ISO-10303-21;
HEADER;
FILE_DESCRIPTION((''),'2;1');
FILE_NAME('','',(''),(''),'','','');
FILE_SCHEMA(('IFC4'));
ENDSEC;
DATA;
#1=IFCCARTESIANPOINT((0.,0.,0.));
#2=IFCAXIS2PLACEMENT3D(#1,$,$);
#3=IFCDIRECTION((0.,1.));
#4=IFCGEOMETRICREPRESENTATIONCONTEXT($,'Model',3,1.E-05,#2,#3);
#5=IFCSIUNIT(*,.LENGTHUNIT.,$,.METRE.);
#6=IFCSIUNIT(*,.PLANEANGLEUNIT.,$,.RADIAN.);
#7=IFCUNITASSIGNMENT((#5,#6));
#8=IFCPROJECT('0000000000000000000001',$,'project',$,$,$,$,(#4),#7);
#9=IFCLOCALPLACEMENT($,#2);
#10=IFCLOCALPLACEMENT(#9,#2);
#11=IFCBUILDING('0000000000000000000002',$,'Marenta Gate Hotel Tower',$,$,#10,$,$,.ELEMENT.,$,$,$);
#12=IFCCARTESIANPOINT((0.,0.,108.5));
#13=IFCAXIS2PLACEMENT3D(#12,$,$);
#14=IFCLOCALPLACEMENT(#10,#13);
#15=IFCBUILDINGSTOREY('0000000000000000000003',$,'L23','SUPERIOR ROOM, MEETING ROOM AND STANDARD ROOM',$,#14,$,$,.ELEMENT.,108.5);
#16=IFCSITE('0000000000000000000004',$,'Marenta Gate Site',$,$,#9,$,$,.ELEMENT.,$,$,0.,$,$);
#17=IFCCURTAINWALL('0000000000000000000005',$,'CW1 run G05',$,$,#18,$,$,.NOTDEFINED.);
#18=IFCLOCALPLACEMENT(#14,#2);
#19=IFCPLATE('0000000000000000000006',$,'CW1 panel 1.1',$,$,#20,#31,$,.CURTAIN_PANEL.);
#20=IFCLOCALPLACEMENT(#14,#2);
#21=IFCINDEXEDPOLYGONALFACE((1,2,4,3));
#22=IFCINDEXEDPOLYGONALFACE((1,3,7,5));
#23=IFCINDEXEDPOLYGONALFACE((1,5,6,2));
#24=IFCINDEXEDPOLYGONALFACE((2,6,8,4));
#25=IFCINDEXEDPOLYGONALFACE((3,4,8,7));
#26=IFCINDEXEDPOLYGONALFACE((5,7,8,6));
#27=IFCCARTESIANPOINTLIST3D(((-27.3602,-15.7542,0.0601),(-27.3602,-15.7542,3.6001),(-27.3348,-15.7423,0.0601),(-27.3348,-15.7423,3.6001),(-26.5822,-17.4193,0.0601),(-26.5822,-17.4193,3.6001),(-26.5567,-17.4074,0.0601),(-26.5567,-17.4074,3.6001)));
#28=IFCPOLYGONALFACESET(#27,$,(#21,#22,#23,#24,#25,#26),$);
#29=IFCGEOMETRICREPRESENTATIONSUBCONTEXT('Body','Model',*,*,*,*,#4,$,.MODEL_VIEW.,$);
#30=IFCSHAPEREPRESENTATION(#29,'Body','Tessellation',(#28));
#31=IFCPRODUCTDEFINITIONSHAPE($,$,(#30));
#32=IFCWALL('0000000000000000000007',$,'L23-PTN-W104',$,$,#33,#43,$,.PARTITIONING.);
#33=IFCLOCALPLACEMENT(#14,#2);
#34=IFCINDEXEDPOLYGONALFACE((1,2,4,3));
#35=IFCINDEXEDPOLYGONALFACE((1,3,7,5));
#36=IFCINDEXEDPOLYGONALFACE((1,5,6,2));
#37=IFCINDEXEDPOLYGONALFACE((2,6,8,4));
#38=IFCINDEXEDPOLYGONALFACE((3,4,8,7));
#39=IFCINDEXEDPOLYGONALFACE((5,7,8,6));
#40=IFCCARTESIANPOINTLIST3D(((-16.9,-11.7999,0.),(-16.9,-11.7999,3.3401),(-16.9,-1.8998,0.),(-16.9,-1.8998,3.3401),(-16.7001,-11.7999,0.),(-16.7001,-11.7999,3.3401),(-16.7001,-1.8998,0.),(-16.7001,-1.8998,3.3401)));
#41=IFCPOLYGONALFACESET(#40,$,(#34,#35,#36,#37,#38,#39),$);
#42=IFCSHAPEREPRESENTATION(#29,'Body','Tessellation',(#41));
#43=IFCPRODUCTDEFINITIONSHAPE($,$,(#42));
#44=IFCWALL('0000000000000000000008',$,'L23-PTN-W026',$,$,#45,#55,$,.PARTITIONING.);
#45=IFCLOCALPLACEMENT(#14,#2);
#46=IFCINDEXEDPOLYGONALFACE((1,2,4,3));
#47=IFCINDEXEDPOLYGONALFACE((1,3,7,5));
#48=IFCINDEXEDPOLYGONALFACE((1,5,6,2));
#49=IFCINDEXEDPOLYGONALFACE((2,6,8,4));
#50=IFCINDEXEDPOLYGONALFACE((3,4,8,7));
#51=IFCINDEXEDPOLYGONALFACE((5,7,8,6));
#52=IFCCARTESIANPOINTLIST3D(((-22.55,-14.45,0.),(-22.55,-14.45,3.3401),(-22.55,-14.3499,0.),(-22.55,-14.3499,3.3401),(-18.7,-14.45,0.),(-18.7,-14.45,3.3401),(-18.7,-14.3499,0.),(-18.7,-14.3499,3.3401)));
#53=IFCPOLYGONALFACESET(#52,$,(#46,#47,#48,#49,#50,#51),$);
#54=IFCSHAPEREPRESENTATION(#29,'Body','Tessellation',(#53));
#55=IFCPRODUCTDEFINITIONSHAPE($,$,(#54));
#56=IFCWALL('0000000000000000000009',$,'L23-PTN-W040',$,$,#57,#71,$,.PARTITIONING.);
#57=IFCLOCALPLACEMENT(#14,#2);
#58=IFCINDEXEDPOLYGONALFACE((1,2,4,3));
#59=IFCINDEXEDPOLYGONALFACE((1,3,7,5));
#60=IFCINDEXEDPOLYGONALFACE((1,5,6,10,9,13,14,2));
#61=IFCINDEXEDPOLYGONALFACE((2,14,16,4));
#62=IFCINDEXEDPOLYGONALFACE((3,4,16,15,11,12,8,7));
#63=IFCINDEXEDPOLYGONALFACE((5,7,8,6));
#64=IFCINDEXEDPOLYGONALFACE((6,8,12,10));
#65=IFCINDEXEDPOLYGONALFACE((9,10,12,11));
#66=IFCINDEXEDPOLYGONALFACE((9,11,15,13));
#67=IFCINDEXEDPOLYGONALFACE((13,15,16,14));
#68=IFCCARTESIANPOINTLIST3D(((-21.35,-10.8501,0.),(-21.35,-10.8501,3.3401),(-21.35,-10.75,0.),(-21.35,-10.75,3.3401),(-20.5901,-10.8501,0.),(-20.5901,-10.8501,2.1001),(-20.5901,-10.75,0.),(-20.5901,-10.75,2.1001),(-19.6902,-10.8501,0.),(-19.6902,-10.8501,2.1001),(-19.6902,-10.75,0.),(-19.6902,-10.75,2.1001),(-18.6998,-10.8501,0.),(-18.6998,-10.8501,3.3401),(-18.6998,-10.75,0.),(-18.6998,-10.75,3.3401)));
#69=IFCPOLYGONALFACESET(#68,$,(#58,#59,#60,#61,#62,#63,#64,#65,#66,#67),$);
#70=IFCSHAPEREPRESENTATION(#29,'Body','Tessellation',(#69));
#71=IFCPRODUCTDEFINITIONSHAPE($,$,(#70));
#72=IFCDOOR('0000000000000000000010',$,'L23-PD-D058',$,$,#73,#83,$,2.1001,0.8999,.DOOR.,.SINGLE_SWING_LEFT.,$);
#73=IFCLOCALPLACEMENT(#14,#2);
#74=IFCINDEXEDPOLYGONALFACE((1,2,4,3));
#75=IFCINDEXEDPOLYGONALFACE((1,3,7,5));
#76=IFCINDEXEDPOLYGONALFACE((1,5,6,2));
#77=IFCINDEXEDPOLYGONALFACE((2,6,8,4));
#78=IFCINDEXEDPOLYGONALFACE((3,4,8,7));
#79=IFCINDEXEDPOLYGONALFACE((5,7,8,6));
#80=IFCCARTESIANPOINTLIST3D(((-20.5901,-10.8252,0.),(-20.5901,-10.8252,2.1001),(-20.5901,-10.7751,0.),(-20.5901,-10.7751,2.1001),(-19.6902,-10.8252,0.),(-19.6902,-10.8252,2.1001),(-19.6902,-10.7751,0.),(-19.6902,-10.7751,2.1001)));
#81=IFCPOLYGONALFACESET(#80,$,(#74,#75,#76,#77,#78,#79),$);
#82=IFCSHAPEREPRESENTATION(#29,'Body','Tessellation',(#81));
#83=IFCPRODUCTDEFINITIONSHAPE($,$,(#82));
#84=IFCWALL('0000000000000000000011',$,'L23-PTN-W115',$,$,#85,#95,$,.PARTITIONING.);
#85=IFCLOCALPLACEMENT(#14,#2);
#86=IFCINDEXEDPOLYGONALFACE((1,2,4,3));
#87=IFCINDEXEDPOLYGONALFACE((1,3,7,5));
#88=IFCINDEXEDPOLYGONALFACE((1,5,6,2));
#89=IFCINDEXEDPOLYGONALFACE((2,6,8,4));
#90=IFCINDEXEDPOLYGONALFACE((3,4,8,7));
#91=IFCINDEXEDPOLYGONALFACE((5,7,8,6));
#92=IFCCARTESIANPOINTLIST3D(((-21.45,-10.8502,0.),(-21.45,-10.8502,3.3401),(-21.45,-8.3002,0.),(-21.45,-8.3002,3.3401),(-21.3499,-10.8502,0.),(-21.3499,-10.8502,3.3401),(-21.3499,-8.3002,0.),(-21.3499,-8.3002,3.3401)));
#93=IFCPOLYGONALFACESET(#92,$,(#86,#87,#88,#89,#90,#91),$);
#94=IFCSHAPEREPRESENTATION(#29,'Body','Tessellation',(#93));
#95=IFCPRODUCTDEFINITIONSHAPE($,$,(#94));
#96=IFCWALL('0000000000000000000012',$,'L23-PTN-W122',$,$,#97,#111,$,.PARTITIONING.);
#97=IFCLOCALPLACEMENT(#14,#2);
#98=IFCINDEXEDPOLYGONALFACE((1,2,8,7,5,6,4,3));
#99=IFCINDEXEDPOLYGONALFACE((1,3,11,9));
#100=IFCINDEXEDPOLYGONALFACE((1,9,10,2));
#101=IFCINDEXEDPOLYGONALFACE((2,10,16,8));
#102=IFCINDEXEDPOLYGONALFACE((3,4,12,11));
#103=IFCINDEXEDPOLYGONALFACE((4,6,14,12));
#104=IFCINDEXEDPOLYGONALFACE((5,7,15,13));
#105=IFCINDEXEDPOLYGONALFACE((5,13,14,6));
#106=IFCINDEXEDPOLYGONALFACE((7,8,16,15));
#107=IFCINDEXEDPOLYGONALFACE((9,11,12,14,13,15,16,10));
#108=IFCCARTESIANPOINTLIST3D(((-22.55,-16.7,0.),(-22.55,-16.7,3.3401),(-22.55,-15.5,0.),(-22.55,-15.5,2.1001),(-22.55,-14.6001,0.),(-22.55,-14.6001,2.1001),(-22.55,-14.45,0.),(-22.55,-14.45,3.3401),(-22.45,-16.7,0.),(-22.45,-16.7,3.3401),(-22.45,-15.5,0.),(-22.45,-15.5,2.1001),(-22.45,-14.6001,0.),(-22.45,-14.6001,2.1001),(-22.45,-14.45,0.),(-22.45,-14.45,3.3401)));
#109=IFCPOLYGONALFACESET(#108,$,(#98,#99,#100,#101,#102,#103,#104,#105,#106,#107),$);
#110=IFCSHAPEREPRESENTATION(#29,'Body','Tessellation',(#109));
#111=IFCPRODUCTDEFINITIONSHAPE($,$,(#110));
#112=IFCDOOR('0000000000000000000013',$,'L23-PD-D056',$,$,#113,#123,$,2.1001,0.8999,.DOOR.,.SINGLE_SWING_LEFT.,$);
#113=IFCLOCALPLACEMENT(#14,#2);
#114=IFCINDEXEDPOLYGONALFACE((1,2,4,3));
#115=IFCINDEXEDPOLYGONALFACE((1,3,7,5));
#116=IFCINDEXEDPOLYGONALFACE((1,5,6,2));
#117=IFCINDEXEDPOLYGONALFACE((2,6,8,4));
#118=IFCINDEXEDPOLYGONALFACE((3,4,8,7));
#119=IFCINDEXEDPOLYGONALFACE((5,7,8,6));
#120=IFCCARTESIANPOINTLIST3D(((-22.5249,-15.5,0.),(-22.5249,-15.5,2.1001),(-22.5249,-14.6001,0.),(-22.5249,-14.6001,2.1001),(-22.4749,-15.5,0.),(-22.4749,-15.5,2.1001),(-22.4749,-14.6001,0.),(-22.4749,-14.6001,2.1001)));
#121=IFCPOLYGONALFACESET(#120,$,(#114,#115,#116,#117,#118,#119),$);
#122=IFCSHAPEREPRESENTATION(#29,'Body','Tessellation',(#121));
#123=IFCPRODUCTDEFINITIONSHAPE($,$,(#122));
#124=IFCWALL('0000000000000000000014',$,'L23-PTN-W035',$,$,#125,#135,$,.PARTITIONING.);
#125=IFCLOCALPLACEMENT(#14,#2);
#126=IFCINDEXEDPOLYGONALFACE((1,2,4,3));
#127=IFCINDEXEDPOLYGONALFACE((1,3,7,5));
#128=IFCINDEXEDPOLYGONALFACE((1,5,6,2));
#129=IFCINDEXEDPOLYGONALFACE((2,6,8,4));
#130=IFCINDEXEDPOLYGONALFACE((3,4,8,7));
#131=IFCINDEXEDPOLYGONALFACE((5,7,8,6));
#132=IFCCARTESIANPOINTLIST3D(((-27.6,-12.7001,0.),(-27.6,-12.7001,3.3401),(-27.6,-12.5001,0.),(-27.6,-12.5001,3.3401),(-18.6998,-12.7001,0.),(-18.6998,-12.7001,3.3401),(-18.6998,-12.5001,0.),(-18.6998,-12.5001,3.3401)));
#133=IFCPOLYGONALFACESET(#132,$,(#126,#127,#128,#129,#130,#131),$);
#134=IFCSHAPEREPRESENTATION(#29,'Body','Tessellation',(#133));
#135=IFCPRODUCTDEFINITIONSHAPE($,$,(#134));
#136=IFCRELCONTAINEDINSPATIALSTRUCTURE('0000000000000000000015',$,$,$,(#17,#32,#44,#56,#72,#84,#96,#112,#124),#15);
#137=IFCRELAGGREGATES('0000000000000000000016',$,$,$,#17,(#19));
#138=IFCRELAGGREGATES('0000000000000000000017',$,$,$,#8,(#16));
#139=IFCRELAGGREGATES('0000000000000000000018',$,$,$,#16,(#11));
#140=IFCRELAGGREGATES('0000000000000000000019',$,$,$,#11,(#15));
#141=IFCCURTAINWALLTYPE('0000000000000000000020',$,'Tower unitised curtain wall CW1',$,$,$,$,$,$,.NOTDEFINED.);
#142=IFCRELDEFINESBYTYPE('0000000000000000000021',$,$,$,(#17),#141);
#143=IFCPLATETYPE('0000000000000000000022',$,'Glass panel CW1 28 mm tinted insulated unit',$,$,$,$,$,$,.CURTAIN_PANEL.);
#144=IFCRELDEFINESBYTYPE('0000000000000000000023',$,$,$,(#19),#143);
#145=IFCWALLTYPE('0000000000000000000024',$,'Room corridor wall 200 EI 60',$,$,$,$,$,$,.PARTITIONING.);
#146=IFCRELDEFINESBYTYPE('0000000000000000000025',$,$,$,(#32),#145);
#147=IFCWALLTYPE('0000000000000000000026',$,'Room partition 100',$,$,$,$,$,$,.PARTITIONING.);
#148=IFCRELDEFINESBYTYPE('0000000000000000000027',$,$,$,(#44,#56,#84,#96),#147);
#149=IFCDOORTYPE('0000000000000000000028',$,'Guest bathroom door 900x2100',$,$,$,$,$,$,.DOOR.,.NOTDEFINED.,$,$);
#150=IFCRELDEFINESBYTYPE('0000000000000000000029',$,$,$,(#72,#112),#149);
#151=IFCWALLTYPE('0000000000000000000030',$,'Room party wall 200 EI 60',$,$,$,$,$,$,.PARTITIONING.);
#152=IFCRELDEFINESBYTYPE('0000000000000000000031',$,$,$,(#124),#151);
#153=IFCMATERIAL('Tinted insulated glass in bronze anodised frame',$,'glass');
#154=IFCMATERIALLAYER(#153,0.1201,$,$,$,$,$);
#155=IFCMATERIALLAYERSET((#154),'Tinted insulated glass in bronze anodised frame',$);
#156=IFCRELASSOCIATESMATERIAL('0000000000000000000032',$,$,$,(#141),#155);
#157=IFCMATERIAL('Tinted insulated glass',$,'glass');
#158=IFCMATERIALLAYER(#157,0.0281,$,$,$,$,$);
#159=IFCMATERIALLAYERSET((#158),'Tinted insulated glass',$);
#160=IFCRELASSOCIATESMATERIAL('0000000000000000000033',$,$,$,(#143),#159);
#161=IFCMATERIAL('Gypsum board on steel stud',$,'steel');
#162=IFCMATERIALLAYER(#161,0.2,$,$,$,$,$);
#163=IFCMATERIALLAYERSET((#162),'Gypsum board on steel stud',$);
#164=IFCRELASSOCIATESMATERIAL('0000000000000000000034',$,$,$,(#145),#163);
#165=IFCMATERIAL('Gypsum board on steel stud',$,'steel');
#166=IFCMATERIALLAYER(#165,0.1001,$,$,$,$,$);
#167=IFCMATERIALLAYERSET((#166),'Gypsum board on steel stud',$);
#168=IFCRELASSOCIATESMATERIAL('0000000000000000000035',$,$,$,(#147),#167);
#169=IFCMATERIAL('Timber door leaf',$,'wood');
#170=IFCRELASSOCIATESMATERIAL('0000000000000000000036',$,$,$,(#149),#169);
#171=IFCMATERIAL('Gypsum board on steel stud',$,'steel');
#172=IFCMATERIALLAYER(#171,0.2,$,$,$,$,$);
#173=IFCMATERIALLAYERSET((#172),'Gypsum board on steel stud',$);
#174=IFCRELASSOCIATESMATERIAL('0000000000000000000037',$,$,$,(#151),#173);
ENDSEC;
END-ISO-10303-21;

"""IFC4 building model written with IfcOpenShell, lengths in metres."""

from ifc_helpers import new_model, si_unit, direction, frame, frame_2d, origin, origin_2d, place, context, subcontext, project, spatial, rectangle, extrude, material, layer, layer_set, type_object, element, fill, aggregate, save


model = new_model("IFC4")

# Units and contexts
model_context = context("Model", 3, precision=1e-05, world=origin(), true_north=direction((0.0, 1.0)))
body_context = subcontext(model_context, "Body", "Model", "MODEL_VIEW")
ifc_project = project(units=[si_unit("LENGTHUNIT", "METRE"), si_unit("PLANEANGLEUNIT", "RADIAN")], contexts=[model_context])

# Site, building, storey
site_placement = place(None, origin())
site = spatial("IfcSite", under=ifc_project, at=site_placement, Name="Marenta Gate Site", CompositionType="ELEMENT", RefElevation=0.0)
building_placement = place(site_placement, origin())
building = spatial("IfcBuilding", under=site, at=building_placement, Name="Marenta Gate Hotel Tower", CompositionType="ELEMENT")
storey_placement = place(building_placement, frame((0.0, 0.0, 108.5)))
storey = spatial("IfcBuildingStorey", under=building, at=storey_placement, Name="L23", Description="SUPERIOR ROOM, MEETING ROOM AND STANDARD ROOM", CompositionType="ELEMENT", Elevation=108.5)

# Curtain wall
ifc_material_1 = material(Name="Tinted insulated glass in bronze anodised frame", Category="glass")
ifc_layer_1 = layer(ifc_material_1, 0.1201)
ifc_layer_set_1 = layer_set([ifc_layer_1], Name="Tinted insulated glass in bronze anodised frame")
curtain_wall_type = type_object("IfcCurtainWallType", Name="Tower unitised curtain wall CW1", PredefinedType="NOTDEFINED", material=ifc_layer_set_1)
curtain_wall_1_placement = place(storey_placement, origin())
curtain_wall_1 = element("IfcCurtainWall", 1, at=curtain_wall_1_placement, inside=storey, type_object=curtain_wall_type, Name="CW1 run G05", PredefinedType="NOTDEFINED")

# Shared definitions
ifc_material_2 = material(Name="Tinted insulated glass", Category="glass")
ifc_layer_2 = layer(ifc_material_2, 0.0281)
ifc_layer_set_2 = layer_set([ifc_layer_2], Name="Tinted insulated glass")
plate_type = type_object("IfcPlateType", Name="Glass panel CW1 28 mm tinted insulated unit", PredefinedType="CURTAIN_PANEL", material=ifc_layer_set_2)

# Plate
plate_1_placement = place(storey_placement, frame((-26.9585, -16.5808, 0.0601), z_axis=(0.0, 0.0, 1.0), x_axis=(0.423347, -0.905968, 0.0)))
plate_1 = element("IfcPlate", 2, at=plate_1_placement, type_object=plate_type, Name="CW1 panel 1.1", PredefinedType="CURTAIN_PANEL", context=body_context, shape_type="SweptSolid", body=[
    extrude(rectangle(XDim=1.8379, YDim=0.0281, at=origin_2d()), origin(), (0.0, 0.0, 1.0), 3.54),
])
aggregate(curtain_wall_1, [plate_1])

# Walls
ifc_material_3 = material(Name="Gypsum board on steel stud", Category="steel")
ifc_layer_3 = layer(ifc_material_3, 0.2)
ifc_layer_set_3 = layer_set([ifc_layer_3], Name="Gypsum board on steel stud")
wall_type_1 = type_object("IfcWallType", Name="Room corridor wall 200 EI 60", PredefinedType="PARTITIONING", material=ifc_layer_set_3)
wall_1_placement = place(storey_placement, frame((-16.8, -11.8, 0.0), z_axis=(0.0, 0.0, 1.0), x_axis=(0.0, 1.0, 0.0)))
element("IfcWall", 3, at=wall_1_placement, inside=storey, type_object=wall_type_1, Name="L23-PTN-W104", PredefinedType="PARTITIONING", context=body_context, shape_type="SweptSolid", body=[
    extrude(rectangle(XDim=9.9001, YDim=0.2, at=frame_2d((4.9502, 0.0))), origin(), (0.0, 0.0, 1.0), 3.3401),
])
ifc_material_4 = material(Name="Gypsum board on steel stud", Category="steel")
ifc_layer_4 = layer(ifc_material_4, 0.1001)
ifc_layer_set_4 = layer_set([ifc_layer_4], Name="Gypsum board on steel stud")
wall_type_2 = type_object("IfcWallType", Name="Room partition 100", PredefinedType="PARTITIONING", material=ifc_layer_set_4)
wall_2_placement = place(storey_placement, frame((-22.55, -14.3999, 0.0), z_axis=(0.0, 0.0, 1.0), x_axis=(1.0, 0.0, 0.0)))
element("IfcWall", 4, at=wall_2_placement, inside=storey, type_object=wall_type_2, Name="L23-PTN-W026", PredefinedType="PARTITIONING", context=body_context, shape_type="SweptSolid", body=[
    extrude(rectangle(XDim=3.8501, YDim=0.1001, at=frame_2d((1.925, 0.0))), origin(), (0.0, 0.0, 1.0), 3.3401),
])

# Wall, opening, door
wall_3_placement = place(storey_placement, frame((-21.3501, -10.8, 0.0), z_axis=(0.0, 0.0, 1.0), x_axis=(1.0, 0.0, 0.0)))
wall_3 = element("IfcWall", 5, at=wall_3_placement, inside=storey, type_object=wall_type_2, Name="L23-PTN-W040", PredefinedType="PARTITIONING", context=body_context, shape_type="SweptSolid", body=[
    extrude(rectangle(XDim=2.6501, YDim=0.1001, at=frame_2d((1.3252, 0.0))), origin(), (0.0, 0.0, 1.0), 3.3401),
])
opening_1_placement = place(wall_3_placement, frame((0.76, 0.0, 0.0)))
opening_1 = element("IfcOpeningElement", 6, at=opening_1_placement, cuts=wall_3, PredefinedType="OPENING", context=body_context, shape_type="SweptSolid", body=[
    extrude(rectangle(XDim=0.8999, YDim=2.1001, at=frame_2d((0.45, 1.05))), frame((0.0, 0.05, 0.0), z_axis=(0.0, -1.0, 0.0), x_axis=(1.0, 0.0, 0.0)), (0.0, 0.0, 1.0), 0.1001),
])
ifc_material_5 = material(Name="Timber door leaf", Category="wood")
door_type = type_object("IfcDoorType", Name="Guest bathroom door 900x2100", OperationType="NOTDEFINED", PredefinedType="DOOR", material=ifc_material_5)
door_1_placement = place(opening_1_placement, origin())
door_1 = element("IfcDoor", 7, at=door_1_placement, inside=storey, type_object=door_type, Name="L23-PD-D058", OperationType="SINGLE_SWING_LEFT", OverallHeight=2.1001, OverallWidth=0.8999, PredefinedType="DOOR", context=body_context, shape_type="SweptSolid", body=[
    extrude(rectangle(XDim=0.8999, YDim=2.1001, at=frame_2d((0.45, 1.05))), frame((0.0, 0.0249, 0.0), z_axis=(0.0, -1.0, 0.0), x_axis=(1.0, 0.0, 0.0)), (0.0, 0.0, 1.0), 0.05),
])
fill(opening_1, door_1)

# Wall
wall_4_placement = place(storey_placement, frame((-21.3999, -10.8501, 0.0), z_axis=(0.0, 0.0, 1.0), x_axis=(0.0, 1.0, 0.0)))
element("IfcWall", 8, at=wall_4_placement, inside=storey, type_object=wall_type_2, Name="L23-PTN-W115", PredefinedType="PARTITIONING", context=body_context, shape_type="SweptSolid", body=[
    extrude(rectangle(XDim=2.55, YDim=0.1001, at=frame_2d((1.2749, 0.0))), origin(), (0.0, 0.0, 1.0), 3.3401),
])

# Wall, opening, door
wall_5_placement = place(storey_placement, frame((-22.5, -16.7, 0.0), z_axis=(0.0, 0.0, 1.0), x_axis=(0.0, 1.0, 0.0)))
wall_5 = element("IfcWall", 9, at=wall_5_placement, inside=storey, type_object=wall_type_2, Name="L23-PTN-W122", PredefinedType="PARTITIONING", context=body_context, shape_type="SweptSolid", body=[
    extrude(rectangle(XDim=2.25, YDim=0.1001, at=frame_2d((1.125, 0.0))), origin(), (0.0, 0.0, 1.0), 3.3401),
])
opening_2_placement = place(wall_5_placement, frame((1.2, 0.0, 0.0)))
opening_2 = element("IfcOpeningElement", 10, at=opening_2_placement, cuts=wall_5, PredefinedType="OPENING", context=body_context, shape_type="SweptSolid", body=[
    extrude(rectangle(XDim=0.8999, YDim=2.1001, at=frame_2d((0.45, 1.05))), frame((0.0, 0.05, 0.0), z_axis=(0.0, -1.0, 0.0), x_axis=(1.0, 0.0, 0.0)), (0.0, 0.0, 1.0), 0.1001),
])
door_2_placement = place(opening_2_placement, origin())
door_2 = element("IfcDoor", 11, at=door_2_placement, inside=storey, type_object=door_type, Name="L23-PD-D056", OperationType="SINGLE_SWING_LEFT", OverallHeight=2.1001, OverallWidth=0.8999, PredefinedType="DOOR", context=body_context, shape_type="SweptSolid", body=[
    extrude(rectangle(XDim=0.8999, YDim=2.1001, at=frame_2d((0.45, 1.05))), frame((0.0, 0.0249, 0.0), z_axis=(0.0, -1.0, 0.0), x_axis=(1.0, 0.0, 0.0)), (0.0, 0.0, 1.0), 0.05),
])
fill(opening_2, door_2)

# Wall
ifc_material_6 = material(Name="Gypsum board on steel stud", Category="steel")
ifc_layer_5 = layer(ifc_material_6, 0.2)
ifc_layer_set_5 = layer_set([ifc_layer_5], Name="Gypsum board on steel stud")
wall_type_3 = type_object("IfcWallType", Name="Room party wall 200 EI 60", PredefinedType="PARTITIONING", material=ifc_layer_set_5)
wall_6_placement = place(storey_placement, frame((-27.6001, -12.6001, 0.0), z_axis=(0.0, 0.0, 1.0), x_axis=(1.0, 0.0, 0.0)))
element("IfcWall", 12, at=wall_6_placement, inside=storey, type_object=wall_type_3, Name="L23-PTN-W035", PredefinedType="PARTITIONING", context=body_context, shape_type="SweptSolid", body=[
    extrude(rectangle(XDim=8.9001, YDim=0.2, at=frame_2d((4.4502, 0.0))), origin(), (0.0, 0.0, 1.0), 3.3401),
])

save(model, "model.ifc")
